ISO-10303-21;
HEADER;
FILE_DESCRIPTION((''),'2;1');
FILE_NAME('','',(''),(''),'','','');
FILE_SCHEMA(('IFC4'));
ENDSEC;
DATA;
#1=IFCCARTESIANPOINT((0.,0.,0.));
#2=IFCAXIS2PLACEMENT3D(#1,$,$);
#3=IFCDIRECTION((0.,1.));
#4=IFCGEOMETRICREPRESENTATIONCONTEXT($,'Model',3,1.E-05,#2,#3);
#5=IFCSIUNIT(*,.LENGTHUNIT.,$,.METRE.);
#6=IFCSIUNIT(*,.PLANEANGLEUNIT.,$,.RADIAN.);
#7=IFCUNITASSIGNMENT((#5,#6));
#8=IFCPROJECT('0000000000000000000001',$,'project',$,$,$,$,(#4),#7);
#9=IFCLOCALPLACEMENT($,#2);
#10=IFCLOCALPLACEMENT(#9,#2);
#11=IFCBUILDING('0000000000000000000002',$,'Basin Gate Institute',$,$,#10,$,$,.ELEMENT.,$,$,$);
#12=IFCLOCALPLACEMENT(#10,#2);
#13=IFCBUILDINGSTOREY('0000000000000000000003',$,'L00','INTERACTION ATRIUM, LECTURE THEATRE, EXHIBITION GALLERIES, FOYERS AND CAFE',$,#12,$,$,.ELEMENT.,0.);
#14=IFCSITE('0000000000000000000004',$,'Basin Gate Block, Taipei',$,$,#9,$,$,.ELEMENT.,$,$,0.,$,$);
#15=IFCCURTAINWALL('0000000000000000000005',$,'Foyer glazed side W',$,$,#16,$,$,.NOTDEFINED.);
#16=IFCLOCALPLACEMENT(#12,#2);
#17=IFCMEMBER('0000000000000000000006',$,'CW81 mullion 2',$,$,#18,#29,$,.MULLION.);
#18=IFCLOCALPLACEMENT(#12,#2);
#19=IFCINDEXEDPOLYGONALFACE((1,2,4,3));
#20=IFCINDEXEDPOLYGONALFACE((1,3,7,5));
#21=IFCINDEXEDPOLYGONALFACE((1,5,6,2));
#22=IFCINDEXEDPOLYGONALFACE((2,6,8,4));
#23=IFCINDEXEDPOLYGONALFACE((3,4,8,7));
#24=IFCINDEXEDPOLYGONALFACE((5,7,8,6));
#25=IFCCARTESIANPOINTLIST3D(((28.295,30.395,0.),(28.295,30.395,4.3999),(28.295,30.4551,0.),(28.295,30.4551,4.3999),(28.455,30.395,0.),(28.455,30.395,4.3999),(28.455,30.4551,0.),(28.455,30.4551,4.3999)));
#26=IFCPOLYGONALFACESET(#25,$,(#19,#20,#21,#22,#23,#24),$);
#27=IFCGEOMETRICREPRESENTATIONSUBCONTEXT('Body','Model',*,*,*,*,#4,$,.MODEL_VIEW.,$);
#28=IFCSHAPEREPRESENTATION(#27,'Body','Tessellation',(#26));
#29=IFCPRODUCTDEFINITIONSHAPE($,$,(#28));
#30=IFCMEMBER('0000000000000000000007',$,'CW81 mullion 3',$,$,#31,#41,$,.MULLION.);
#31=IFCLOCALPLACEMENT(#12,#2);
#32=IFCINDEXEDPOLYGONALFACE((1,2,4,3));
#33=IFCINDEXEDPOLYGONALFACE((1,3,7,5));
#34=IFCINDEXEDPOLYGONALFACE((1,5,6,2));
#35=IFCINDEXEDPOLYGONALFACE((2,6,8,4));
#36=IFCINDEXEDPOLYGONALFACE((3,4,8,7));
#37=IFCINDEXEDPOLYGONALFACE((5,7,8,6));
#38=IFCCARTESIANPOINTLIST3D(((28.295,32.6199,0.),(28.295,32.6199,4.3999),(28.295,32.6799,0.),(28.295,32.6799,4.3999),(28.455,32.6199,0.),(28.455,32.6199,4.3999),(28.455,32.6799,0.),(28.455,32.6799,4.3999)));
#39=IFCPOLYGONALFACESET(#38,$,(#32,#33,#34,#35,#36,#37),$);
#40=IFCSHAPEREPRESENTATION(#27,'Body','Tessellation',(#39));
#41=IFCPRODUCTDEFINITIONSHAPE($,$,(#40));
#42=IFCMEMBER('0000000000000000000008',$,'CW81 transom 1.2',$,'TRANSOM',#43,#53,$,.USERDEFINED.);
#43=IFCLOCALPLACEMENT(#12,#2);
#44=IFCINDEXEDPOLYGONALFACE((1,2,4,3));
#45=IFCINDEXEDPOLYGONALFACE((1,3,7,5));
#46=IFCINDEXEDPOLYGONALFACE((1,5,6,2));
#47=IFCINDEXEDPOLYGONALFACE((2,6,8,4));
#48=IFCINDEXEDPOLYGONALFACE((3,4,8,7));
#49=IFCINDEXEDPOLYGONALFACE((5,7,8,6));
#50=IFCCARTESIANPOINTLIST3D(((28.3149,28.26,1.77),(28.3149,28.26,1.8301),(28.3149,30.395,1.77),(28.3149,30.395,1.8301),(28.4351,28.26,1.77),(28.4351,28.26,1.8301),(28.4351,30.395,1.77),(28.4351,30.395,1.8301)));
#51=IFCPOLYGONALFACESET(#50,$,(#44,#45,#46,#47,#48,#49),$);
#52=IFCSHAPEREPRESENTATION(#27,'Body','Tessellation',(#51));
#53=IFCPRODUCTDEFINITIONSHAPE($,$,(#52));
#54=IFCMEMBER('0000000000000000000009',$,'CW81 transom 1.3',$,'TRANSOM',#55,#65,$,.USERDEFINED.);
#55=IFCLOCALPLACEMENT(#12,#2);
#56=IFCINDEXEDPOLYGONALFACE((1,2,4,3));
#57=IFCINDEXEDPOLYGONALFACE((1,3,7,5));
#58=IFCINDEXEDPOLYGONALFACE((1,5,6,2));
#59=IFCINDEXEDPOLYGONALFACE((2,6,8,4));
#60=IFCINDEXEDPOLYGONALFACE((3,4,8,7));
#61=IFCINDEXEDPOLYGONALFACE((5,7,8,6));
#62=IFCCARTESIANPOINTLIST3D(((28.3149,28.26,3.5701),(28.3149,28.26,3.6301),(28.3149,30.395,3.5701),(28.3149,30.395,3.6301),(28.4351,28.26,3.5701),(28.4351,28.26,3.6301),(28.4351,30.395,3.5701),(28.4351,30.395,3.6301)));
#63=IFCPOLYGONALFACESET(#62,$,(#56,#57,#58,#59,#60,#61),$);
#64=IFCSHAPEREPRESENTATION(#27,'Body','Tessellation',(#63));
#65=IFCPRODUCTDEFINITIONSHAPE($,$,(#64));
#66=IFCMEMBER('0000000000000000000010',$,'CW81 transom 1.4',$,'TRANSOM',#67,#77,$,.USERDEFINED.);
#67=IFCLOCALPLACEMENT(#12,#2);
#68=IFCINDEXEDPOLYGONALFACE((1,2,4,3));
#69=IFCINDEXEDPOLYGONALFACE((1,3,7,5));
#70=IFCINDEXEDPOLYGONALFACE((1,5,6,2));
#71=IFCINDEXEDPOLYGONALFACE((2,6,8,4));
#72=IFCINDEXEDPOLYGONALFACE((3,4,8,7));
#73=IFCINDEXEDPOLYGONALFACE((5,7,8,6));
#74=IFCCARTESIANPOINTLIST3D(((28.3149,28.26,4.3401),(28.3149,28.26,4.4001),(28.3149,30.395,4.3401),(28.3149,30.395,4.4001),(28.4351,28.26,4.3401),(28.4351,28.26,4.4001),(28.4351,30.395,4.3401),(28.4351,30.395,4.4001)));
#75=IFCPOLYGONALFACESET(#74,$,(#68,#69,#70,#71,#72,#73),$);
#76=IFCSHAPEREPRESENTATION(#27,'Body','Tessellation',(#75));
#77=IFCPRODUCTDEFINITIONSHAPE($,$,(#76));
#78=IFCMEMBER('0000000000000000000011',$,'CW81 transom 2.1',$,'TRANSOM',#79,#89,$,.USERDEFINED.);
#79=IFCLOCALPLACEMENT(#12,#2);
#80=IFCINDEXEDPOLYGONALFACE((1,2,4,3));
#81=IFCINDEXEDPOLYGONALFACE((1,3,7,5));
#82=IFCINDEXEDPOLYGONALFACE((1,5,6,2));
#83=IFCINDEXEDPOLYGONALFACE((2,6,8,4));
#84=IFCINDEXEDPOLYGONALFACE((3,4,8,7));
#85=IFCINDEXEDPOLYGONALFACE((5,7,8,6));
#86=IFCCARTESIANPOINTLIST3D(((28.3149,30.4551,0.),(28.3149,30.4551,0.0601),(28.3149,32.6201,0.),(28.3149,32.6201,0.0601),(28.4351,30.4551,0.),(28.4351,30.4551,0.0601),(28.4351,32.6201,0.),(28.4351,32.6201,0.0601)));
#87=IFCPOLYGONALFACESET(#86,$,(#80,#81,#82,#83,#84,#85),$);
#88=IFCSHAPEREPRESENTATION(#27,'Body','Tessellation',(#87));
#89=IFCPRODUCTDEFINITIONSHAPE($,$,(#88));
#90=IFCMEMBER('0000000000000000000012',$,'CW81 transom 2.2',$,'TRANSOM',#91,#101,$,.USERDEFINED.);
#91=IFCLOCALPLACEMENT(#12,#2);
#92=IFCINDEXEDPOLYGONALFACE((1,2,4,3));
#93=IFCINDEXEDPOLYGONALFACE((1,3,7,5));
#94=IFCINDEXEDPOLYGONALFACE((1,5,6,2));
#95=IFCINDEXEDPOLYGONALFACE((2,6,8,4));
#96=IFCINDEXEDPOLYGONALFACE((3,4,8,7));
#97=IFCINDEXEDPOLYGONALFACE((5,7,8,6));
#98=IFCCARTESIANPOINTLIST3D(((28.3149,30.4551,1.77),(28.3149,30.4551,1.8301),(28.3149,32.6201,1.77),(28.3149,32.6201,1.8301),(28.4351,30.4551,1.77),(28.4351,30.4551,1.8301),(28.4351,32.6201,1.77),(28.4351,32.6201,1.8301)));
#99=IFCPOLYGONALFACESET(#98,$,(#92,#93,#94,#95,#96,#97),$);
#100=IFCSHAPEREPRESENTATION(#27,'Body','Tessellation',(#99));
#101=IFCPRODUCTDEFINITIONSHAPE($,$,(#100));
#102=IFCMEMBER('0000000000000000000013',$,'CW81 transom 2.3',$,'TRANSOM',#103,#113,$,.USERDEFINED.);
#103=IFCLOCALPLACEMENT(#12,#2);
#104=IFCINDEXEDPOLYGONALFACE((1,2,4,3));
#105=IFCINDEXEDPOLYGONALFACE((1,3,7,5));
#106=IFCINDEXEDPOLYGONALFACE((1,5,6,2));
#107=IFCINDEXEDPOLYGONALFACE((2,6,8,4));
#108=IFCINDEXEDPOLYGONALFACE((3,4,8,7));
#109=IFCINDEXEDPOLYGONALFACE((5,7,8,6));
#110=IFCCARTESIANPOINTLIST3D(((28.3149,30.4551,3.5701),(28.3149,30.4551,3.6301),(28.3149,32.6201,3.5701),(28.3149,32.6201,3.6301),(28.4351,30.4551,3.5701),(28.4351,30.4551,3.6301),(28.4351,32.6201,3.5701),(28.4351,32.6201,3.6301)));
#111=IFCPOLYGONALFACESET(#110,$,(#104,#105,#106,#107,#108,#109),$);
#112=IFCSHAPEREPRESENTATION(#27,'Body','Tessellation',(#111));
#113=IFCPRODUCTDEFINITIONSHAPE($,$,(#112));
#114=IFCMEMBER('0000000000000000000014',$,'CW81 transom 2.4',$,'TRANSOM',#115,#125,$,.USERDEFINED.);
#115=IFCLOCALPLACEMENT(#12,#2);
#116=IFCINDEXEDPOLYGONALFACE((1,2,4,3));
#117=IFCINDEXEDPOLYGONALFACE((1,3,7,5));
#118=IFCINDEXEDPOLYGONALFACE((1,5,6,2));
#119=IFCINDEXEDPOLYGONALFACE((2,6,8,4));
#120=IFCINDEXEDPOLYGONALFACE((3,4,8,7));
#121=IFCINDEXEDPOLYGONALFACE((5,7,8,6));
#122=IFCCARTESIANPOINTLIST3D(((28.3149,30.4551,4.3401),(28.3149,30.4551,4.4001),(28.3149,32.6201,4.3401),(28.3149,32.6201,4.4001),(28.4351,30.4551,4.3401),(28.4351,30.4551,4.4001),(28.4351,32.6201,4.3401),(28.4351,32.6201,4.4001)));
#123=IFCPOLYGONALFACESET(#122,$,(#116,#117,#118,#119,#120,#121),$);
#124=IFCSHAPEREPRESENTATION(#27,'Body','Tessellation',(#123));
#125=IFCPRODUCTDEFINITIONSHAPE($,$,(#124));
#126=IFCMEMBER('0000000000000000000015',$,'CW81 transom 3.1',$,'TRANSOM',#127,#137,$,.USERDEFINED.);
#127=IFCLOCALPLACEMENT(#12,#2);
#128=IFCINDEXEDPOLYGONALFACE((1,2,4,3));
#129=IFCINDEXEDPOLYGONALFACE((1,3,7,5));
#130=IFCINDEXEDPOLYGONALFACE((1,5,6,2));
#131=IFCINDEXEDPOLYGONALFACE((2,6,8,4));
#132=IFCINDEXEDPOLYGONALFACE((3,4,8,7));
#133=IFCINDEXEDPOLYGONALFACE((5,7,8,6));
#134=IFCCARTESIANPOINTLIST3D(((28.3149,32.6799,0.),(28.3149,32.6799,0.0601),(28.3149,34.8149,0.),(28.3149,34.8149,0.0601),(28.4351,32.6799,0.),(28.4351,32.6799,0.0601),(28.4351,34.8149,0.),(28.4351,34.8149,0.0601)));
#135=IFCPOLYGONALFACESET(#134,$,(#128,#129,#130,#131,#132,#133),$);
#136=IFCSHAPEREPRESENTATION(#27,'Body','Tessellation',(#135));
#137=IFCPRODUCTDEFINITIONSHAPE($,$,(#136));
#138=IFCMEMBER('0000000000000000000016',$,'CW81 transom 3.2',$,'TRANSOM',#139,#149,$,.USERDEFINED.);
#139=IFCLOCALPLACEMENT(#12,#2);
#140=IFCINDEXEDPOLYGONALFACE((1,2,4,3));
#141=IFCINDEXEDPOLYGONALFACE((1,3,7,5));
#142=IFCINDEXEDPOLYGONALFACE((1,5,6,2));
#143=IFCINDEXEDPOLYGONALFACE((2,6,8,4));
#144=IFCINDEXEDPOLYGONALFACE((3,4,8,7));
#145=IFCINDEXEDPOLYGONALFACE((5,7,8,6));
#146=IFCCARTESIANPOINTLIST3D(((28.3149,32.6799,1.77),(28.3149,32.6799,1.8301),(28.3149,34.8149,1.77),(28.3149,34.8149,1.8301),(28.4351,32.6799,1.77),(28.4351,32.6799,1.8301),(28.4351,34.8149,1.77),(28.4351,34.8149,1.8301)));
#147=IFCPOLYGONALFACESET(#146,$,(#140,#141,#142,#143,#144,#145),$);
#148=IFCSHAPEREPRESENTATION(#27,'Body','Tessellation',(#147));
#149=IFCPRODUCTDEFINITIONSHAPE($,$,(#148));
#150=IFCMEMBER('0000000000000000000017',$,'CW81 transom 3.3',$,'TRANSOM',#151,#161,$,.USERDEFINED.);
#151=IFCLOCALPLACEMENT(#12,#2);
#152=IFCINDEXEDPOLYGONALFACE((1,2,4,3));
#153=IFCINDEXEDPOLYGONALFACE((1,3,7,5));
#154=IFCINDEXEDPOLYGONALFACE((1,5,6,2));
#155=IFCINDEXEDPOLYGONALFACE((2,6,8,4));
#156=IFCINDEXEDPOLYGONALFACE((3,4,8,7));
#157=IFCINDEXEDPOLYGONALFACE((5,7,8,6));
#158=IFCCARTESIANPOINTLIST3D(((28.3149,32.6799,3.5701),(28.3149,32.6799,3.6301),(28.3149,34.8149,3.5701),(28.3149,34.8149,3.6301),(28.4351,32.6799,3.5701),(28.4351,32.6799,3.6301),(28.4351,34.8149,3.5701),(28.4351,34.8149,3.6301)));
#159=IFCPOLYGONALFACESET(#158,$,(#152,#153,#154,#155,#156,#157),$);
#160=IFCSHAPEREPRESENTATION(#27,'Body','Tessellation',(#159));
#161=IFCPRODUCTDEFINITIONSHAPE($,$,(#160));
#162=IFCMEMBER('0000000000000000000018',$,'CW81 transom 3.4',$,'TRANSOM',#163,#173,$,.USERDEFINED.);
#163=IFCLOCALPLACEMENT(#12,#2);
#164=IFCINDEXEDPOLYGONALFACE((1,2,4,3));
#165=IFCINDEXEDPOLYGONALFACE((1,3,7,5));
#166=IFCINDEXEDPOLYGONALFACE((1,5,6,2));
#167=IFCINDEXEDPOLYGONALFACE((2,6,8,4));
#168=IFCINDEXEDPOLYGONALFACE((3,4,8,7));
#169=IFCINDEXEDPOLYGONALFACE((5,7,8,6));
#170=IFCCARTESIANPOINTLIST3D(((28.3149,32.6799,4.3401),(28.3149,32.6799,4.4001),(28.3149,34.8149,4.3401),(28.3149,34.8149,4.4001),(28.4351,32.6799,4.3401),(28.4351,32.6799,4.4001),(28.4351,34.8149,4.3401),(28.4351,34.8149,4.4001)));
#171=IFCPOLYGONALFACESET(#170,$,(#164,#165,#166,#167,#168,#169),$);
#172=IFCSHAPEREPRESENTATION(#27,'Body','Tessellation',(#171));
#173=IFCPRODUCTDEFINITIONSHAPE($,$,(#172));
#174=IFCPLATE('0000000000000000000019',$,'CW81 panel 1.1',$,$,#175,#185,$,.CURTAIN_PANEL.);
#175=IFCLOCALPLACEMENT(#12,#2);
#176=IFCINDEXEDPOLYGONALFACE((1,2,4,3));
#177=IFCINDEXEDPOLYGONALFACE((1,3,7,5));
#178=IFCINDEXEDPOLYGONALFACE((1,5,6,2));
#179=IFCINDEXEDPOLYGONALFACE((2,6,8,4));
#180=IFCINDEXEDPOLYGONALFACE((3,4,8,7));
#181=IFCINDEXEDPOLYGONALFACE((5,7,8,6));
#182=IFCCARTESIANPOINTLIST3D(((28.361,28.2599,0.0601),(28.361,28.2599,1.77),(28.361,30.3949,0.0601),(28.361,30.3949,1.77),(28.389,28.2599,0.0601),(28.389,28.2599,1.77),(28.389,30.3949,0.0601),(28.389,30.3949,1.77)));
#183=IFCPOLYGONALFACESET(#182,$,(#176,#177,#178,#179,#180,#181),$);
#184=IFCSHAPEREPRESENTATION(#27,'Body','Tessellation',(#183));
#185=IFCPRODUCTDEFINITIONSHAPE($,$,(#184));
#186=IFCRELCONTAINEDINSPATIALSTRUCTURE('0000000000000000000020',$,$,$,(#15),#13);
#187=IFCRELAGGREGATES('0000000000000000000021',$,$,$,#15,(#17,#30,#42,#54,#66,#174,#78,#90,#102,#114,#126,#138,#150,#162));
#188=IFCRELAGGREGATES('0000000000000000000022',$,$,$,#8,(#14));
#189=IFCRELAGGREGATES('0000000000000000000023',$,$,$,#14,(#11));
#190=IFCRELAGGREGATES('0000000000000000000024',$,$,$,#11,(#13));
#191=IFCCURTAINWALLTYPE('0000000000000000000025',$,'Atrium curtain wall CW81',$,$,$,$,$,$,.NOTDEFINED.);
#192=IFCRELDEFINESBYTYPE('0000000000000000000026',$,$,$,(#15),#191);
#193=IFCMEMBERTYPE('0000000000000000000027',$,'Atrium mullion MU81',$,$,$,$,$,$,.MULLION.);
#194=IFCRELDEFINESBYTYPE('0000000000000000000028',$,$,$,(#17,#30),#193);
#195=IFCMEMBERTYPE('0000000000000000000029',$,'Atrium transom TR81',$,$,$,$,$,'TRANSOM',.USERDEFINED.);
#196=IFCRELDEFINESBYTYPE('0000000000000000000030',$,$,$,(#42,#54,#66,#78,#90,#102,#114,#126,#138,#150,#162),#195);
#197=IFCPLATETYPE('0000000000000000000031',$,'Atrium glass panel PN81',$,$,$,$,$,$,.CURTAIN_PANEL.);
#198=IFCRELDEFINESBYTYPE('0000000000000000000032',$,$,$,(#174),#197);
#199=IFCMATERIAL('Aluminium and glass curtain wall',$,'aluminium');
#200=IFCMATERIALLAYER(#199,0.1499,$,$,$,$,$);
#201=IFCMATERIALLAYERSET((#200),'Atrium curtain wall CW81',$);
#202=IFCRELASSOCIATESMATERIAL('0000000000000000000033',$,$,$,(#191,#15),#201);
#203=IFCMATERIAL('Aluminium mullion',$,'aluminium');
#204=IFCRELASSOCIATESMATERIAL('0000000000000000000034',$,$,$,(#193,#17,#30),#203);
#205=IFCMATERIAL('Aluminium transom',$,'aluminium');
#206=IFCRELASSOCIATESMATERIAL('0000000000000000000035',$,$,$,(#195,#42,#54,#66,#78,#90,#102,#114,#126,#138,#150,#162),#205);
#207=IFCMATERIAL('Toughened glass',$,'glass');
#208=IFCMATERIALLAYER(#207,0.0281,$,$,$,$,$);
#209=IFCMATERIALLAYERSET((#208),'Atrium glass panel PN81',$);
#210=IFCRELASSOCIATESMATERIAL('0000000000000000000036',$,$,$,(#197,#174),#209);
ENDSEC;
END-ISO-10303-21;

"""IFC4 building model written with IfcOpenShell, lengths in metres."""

from ifc_helpers import new_model, si_unit, direction, frame, origin, origin_2d, place, context, subcontext, project, spatial, rectangle, extrude, material, layer, layer_set, material_profile, profile_set, type_object, element, aggregate, save


model = new_model("IFC4")

# Units and contexts
model_context = context("Model", 3, precision=1e-05, world=origin(), true_north=direction((0.0, 1.0)))
body_context = subcontext(model_context, "Body", "Model", "MODEL_VIEW")
ifc_project = project(units=[si_unit("LENGTHUNIT", "METRE"), si_unit("PLANEANGLEUNIT", "RADIAN")], contexts=[model_context])

# Site, building, storey
site_placement = place(None, origin())
site = spatial("IfcSite", under=ifc_project, at=site_placement, Name="Basin Gate Block, Taipei", CompositionType="ELEMENT", RefElevation=0.0)
building_placement = place(site_placement, origin())
building = spatial("IfcBuilding", under=site, at=building_placement, Name="Basin Gate Institute", CompositionType="ELEMENT")
storey_placement = place(building_placement, origin())
storey = spatial("IfcBuildingStorey", under=building, at=storey_placement, Name="L00", Description="INTERACTION ATRIUM, LECTURE THEATRE, EXHIBITION GALLERIES, FOYERS AND CAFE", CompositionType="ELEMENT", Elevation=0.0)

# Curtain wall, members, plate
ifc_material_1 = material(Name="Aluminium and glass curtain wall", Category="aluminium")
ifc_layer_1 = layer(ifc_material_1, 0.1499)
ifc_layer_set_1 = layer_set([ifc_layer_1], Name="Atrium curtain wall CW81")
curtain_wall_type = type_object("IfcCurtainWallType", Name="Atrium curtain wall CW81", PredefinedType="NOTDEFINED", material=ifc_layer_set_1)
curtain_wall_placement = place(storey_placement, origin())
curtain_wall = element("IfcCurtainWall", 1, at=curtain_wall_placement, inside=storey, type_object=curtain_wall_type, material=ifc_layer_set_1, Name="Foyer glazed side W", PredefinedType="NOTDEFINED")
ifc_material_2 = material(Name="Aluminium mullion", Category="aluminium")
ifc_material_profile_1 = material_profile(ifc_material_2, rectangle(XDim=0.1599, YDim=0.0601, at=origin_2d()), Name="Atrium mullion MU81 160 x 60")
ifc_profile_set_1 = profile_set([ifc_material_profile_1], Name="Aluminium mullion")
member_type_1 = type_object("IfcMemberType", Name="Atrium mullion MU81", PredefinedType="MULLION", material=ifc_profile_set_1)
member_1_placement = place(storey_placement, frame((28.375, 30.425, 0.0), z_axis=(0.0, 0.0, 1.0), x_axis=(-1.0, 0.0, 0.0)))
member_1 = element("IfcMember", 2, at=member_1_placement, type_object=member_type_1, material=ifc_profile_set_1, Name="CW81 mullion 2", PredefinedType="MULLION", context=body_context, shape_type="SweptSolid", body=[
    extrude(rectangle(XDim=0.1599, YDim=0.0601, at=origin_2d()), origin(), (0.0, 0.0, 1.0), 4.3999),
])
member_2_placement = place(storey_placement, frame((28.375, 32.6499, 0.0), z_axis=(0.0, 0.0, 1.0), x_axis=(-1.0, 0.0, 0.0)))
member_2 = element("IfcMember", 3, at=member_2_placement, type_object=member_type_1, material=ifc_profile_set_1, Name="CW81 mullion 3", PredefinedType="MULLION", context=body_context, shape_type="SweptSolid", body=[
    extrude(rectangle(XDim=0.1599, YDim=0.0601, at=origin_2d()), origin(), (0.0, 0.0, 1.0), 4.3999),
])
ifc_material_3 = material(Name="Aluminium transom", Category="aluminium")
ifc_material_profile_2 = material_profile(ifc_material_3, rectangle(XDim=0.1201, YDim=0.0601, at=origin_2d()), Name="Atrium transom TR81 120 x 60")
ifc_profile_set_2 = profile_set([ifc_material_profile_2], Name="Aluminium transom")
member_type_2 = type_object("IfcMemberType", Name="Atrium transom TR81", ElementType="TRANSOM", PredefinedType="USERDEFINED", material=ifc_profile_set_2)
member_3_placement = place(storey_placement, frame((28.375, 28.26, 1.8), z_axis=(0.0, 1.0, 0.0), x_axis=(-1.0, 0.0, 0.0)))
member_3 = element("IfcMember", 4, at=member_3_placement, type_object=member_type_2, material=ifc_profile_set_2, Name="CW81 transom 1.2", ObjectType="TRANSOM", PredefinedType="USERDEFINED", context=body_context, shape_type="SweptSolid", body=[
    extrude(rectangle(XDim=0.1201, YDim=0.0601, at=origin_2d()), origin(), (0.0, 0.0, 1.0), 2.135),
])
member_4_placement = place(storey_placement, frame((28.375, 28.26, 3.6001), z_axis=(0.0, 1.0, 0.0), x_axis=(-1.0, 0.0, 0.0)))
member_4 = element("IfcMember", 5, at=member_4_placement, type_object=member_type_2, material=ifc_profile_set_2, Name="CW81 transom 1.3", ObjectType="TRANSOM", PredefinedType="USERDEFINED", context=body_context, shape_type="SweptSolid", body=[
    extrude(rectangle(XDim=0.1201, YDim=0.0601, at=origin_2d()), origin(), (0.0, 0.0, 1.0), 2.135),
])
member_5_placement = place(storey_placement, frame((28.375, 28.26, 4.3701), z_axis=(0.0, 1.0, 0.0), x_axis=(-1.0, 0.0, 0.0)))
member_5 = element("IfcMember", 6, at=member_5_placement, type_object=member_type_2, material=ifc_profile_set_2, Name="CW81 transom 1.4", ObjectType="TRANSOM", PredefinedType="USERDEFINED", context=body_context, shape_type="SweptSolid", body=[
    extrude(rectangle(XDim=0.1201, YDim=0.0601, at=origin_2d()), origin(), (0.0, 0.0, 1.0), 2.135),
])
member_6_placement = place(storey_placement, frame((28.375, 30.4551, 0.03), z_axis=(0.0, 1.0, 0.0), x_axis=(-1.0, 0.0, 0.0)))
member_6 = element("IfcMember", 7, at=member_6_placement, type_object=member_type_2, material=ifc_profile_set_2, Name="CW81 transom 2.1", ObjectType="TRANSOM", PredefinedType="USERDEFINED", context=body_context, shape_type="SweptSolid", body=[
    extrude(rectangle(XDim=0.1201, YDim=0.0601, at=origin_2d()), origin(), (0.0, 0.0, 1.0), 2.165),
])
member_7_placement = place(storey_placement, frame((28.375, 30.4551, 1.8), z_axis=(0.0, 1.0, 0.0), x_axis=(-1.0, 0.0, 0.0)))
member_7 = element("IfcMember", 8, at=member_7_placement, type_object=member_type_2, material=ifc_profile_set_2, Name="CW81 transom 2.2", ObjectType="TRANSOM", PredefinedType="USERDEFINED", context=body_context, shape_type="SweptSolid", body=[
    extrude(rectangle(XDim=0.1201, YDim=0.0601, at=origin_2d()), origin(), (0.0, 0.0, 1.0), 2.165),
])
member_8_placement = place(storey_placement, frame((28.375, 30.4551, 3.6001), z_axis=(0.0, 1.0, 0.0), x_axis=(-1.0, 0.0, 0.0)))
member_8 = element("IfcMember", 9, at=member_8_placement, type_object=member_type_2, material=ifc_profile_set_2, Name="CW81 transom 2.3", ObjectType="TRANSOM", PredefinedType="USERDEFINED", context=body_context, shape_type="SweptSolid", body=[
    extrude(rectangle(XDim=0.1201, YDim=0.0601, at=origin_2d()), origin(), (0.0, 0.0, 1.0), 2.165),
])
member_9_placement = place(storey_placement, frame((28.375, 30.4551, 4.3701), z_axis=(0.0, 1.0, 0.0), x_axis=(-1.0, 0.0, 0.0)))
member_9 = element("IfcMember", 10, at=member_9_placement, type_object=member_type_2, material=ifc_profile_set_2, Name="CW81 transom 2.4", ObjectType="TRANSOM", PredefinedType="USERDEFINED", context=body_context, shape_type="SweptSolid", body=[
    extrude(rectangle(XDim=0.1201, YDim=0.0601, at=origin_2d()), origin(), (0.0, 0.0, 1.0), 2.165),
])
member_10_placement = place(storey_placement, frame((28.375, 32.6799, 0.03), z_axis=(0.0, 1.0, 0.0), x_axis=(-1.0, 0.0, 0.0)))
member_10 = element("IfcMember", 11, at=member_10_placement, type_object=member_type_2, material=ifc_profile_set_2, Name="CW81 transom 3.1", ObjectType="TRANSOM", PredefinedType="USERDEFINED", context=body_context, shape_type="SweptSolid", body=[
    extrude(rectangle(XDim=0.1201, YDim=0.0601, at=origin_2d()), origin(), (0.0, 0.0, 1.0), 2.135),
])
member_11_placement = place(storey_placement, frame((28.375, 32.6799, 1.8), z_axis=(0.0, 1.0, 0.0), x_axis=(-1.0, 0.0, 0.0)))
member_11 = element("IfcMember", 12, at=member_11_placement, type_object=member_type_2, material=ifc_profile_set_2, Name="CW81 transom 3.2", ObjectType="TRANSOM", PredefinedType="USERDEFINED", context=body_context, shape_type="SweptSolid", body=[
    extrude(rectangle(XDim=0.1201, YDim=0.0601, at=origin_2d()), origin(), (0.0, 0.0, 1.0), 2.135),
])
member_12_placement = place(storey_placement, frame((28.375, 32.6799, 3.6001), z_axis=(0.0, 1.0, 0.0), x_axis=(-1.0, 0.0, 0.0)))
member_12 = element("IfcMember", 13, at=member_12_placement, type_object=member_type_2, material=ifc_profile_set_2, Name="CW81 transom 3.3", ObjectType="TRANSOM", PredefinedType="USERDEFINED", context=body_context, shape_type="SweptSolid", body=[
    extrude(rectangle(XDim=0.1201, YDim=0.0601, at=origin_2d()), origin(), (0.0, 0.0, 1.0), 2.135),
])
member_13_placement = place(storey_placement, frame((28.375, 32.6799, 4.3701), z_axis=(0.0, 1.0, 0.0), x_axis=(-1.0, 0.0, 0.0)))
member_13 = element("IfcMember", 14, at=member_13_placement, type_object=member_type_2, material=ifc_profile_set_2, Name="CW81 transom 3.4", ObjectType="TRANSOM", PredefinedType="USERDEFINED", context=body_context, shape_type="SweptSolid", body=[
    extrude(rectangle(XDim=0.1201, YDim=0.0601, at=origin_2d()), origin(), (0.0, 0.0, 1.0), 2.135),
])
ifc_material_4 = material(Name="Toughened glass", Category="glass")
ifc_layer_2 = layer(ifc_material_4, 0.0281)
ifc_layer_set_2 = layer_set([ifc_layer_2], Name="Atrium glass panel PN81")
plate_type = type_object("IfcPlateType", Name="Atrium glass panel PN81", PredefinedType="CURTAIN_PANEL", material=ifc_layer_set_2)
plate_1_placement = place(storey_placement, frame((28.375, 29.3274, 0.0601), z_axis=(0.0, 0.0, 1.0), x_axis=(0.0, 1.0, 0.0)))
plate_1 = element("IfcPlate", 15, at=plate_1_placement, type_object=plate_type, material=ifc_layer_set_2, Name="CW81 panel 1.1", PredefinedType="CURTAIN_PANEL", context=body_context, shape_type="SweptSolid", body=[
    extrude(rectangle(XDim=2.135, YDim=0.0281, at=origin_2d()), origin(), (0.0, 0.0, 1.0), 1.71),
])
aggregate(curtain_wall, [member_1, member_2, member_3, member_4, member_5, plate_1, member_6, member_7, member_8, member_9, member_10, member_11, member_12, member_13])

save(model, "model.ifc")
